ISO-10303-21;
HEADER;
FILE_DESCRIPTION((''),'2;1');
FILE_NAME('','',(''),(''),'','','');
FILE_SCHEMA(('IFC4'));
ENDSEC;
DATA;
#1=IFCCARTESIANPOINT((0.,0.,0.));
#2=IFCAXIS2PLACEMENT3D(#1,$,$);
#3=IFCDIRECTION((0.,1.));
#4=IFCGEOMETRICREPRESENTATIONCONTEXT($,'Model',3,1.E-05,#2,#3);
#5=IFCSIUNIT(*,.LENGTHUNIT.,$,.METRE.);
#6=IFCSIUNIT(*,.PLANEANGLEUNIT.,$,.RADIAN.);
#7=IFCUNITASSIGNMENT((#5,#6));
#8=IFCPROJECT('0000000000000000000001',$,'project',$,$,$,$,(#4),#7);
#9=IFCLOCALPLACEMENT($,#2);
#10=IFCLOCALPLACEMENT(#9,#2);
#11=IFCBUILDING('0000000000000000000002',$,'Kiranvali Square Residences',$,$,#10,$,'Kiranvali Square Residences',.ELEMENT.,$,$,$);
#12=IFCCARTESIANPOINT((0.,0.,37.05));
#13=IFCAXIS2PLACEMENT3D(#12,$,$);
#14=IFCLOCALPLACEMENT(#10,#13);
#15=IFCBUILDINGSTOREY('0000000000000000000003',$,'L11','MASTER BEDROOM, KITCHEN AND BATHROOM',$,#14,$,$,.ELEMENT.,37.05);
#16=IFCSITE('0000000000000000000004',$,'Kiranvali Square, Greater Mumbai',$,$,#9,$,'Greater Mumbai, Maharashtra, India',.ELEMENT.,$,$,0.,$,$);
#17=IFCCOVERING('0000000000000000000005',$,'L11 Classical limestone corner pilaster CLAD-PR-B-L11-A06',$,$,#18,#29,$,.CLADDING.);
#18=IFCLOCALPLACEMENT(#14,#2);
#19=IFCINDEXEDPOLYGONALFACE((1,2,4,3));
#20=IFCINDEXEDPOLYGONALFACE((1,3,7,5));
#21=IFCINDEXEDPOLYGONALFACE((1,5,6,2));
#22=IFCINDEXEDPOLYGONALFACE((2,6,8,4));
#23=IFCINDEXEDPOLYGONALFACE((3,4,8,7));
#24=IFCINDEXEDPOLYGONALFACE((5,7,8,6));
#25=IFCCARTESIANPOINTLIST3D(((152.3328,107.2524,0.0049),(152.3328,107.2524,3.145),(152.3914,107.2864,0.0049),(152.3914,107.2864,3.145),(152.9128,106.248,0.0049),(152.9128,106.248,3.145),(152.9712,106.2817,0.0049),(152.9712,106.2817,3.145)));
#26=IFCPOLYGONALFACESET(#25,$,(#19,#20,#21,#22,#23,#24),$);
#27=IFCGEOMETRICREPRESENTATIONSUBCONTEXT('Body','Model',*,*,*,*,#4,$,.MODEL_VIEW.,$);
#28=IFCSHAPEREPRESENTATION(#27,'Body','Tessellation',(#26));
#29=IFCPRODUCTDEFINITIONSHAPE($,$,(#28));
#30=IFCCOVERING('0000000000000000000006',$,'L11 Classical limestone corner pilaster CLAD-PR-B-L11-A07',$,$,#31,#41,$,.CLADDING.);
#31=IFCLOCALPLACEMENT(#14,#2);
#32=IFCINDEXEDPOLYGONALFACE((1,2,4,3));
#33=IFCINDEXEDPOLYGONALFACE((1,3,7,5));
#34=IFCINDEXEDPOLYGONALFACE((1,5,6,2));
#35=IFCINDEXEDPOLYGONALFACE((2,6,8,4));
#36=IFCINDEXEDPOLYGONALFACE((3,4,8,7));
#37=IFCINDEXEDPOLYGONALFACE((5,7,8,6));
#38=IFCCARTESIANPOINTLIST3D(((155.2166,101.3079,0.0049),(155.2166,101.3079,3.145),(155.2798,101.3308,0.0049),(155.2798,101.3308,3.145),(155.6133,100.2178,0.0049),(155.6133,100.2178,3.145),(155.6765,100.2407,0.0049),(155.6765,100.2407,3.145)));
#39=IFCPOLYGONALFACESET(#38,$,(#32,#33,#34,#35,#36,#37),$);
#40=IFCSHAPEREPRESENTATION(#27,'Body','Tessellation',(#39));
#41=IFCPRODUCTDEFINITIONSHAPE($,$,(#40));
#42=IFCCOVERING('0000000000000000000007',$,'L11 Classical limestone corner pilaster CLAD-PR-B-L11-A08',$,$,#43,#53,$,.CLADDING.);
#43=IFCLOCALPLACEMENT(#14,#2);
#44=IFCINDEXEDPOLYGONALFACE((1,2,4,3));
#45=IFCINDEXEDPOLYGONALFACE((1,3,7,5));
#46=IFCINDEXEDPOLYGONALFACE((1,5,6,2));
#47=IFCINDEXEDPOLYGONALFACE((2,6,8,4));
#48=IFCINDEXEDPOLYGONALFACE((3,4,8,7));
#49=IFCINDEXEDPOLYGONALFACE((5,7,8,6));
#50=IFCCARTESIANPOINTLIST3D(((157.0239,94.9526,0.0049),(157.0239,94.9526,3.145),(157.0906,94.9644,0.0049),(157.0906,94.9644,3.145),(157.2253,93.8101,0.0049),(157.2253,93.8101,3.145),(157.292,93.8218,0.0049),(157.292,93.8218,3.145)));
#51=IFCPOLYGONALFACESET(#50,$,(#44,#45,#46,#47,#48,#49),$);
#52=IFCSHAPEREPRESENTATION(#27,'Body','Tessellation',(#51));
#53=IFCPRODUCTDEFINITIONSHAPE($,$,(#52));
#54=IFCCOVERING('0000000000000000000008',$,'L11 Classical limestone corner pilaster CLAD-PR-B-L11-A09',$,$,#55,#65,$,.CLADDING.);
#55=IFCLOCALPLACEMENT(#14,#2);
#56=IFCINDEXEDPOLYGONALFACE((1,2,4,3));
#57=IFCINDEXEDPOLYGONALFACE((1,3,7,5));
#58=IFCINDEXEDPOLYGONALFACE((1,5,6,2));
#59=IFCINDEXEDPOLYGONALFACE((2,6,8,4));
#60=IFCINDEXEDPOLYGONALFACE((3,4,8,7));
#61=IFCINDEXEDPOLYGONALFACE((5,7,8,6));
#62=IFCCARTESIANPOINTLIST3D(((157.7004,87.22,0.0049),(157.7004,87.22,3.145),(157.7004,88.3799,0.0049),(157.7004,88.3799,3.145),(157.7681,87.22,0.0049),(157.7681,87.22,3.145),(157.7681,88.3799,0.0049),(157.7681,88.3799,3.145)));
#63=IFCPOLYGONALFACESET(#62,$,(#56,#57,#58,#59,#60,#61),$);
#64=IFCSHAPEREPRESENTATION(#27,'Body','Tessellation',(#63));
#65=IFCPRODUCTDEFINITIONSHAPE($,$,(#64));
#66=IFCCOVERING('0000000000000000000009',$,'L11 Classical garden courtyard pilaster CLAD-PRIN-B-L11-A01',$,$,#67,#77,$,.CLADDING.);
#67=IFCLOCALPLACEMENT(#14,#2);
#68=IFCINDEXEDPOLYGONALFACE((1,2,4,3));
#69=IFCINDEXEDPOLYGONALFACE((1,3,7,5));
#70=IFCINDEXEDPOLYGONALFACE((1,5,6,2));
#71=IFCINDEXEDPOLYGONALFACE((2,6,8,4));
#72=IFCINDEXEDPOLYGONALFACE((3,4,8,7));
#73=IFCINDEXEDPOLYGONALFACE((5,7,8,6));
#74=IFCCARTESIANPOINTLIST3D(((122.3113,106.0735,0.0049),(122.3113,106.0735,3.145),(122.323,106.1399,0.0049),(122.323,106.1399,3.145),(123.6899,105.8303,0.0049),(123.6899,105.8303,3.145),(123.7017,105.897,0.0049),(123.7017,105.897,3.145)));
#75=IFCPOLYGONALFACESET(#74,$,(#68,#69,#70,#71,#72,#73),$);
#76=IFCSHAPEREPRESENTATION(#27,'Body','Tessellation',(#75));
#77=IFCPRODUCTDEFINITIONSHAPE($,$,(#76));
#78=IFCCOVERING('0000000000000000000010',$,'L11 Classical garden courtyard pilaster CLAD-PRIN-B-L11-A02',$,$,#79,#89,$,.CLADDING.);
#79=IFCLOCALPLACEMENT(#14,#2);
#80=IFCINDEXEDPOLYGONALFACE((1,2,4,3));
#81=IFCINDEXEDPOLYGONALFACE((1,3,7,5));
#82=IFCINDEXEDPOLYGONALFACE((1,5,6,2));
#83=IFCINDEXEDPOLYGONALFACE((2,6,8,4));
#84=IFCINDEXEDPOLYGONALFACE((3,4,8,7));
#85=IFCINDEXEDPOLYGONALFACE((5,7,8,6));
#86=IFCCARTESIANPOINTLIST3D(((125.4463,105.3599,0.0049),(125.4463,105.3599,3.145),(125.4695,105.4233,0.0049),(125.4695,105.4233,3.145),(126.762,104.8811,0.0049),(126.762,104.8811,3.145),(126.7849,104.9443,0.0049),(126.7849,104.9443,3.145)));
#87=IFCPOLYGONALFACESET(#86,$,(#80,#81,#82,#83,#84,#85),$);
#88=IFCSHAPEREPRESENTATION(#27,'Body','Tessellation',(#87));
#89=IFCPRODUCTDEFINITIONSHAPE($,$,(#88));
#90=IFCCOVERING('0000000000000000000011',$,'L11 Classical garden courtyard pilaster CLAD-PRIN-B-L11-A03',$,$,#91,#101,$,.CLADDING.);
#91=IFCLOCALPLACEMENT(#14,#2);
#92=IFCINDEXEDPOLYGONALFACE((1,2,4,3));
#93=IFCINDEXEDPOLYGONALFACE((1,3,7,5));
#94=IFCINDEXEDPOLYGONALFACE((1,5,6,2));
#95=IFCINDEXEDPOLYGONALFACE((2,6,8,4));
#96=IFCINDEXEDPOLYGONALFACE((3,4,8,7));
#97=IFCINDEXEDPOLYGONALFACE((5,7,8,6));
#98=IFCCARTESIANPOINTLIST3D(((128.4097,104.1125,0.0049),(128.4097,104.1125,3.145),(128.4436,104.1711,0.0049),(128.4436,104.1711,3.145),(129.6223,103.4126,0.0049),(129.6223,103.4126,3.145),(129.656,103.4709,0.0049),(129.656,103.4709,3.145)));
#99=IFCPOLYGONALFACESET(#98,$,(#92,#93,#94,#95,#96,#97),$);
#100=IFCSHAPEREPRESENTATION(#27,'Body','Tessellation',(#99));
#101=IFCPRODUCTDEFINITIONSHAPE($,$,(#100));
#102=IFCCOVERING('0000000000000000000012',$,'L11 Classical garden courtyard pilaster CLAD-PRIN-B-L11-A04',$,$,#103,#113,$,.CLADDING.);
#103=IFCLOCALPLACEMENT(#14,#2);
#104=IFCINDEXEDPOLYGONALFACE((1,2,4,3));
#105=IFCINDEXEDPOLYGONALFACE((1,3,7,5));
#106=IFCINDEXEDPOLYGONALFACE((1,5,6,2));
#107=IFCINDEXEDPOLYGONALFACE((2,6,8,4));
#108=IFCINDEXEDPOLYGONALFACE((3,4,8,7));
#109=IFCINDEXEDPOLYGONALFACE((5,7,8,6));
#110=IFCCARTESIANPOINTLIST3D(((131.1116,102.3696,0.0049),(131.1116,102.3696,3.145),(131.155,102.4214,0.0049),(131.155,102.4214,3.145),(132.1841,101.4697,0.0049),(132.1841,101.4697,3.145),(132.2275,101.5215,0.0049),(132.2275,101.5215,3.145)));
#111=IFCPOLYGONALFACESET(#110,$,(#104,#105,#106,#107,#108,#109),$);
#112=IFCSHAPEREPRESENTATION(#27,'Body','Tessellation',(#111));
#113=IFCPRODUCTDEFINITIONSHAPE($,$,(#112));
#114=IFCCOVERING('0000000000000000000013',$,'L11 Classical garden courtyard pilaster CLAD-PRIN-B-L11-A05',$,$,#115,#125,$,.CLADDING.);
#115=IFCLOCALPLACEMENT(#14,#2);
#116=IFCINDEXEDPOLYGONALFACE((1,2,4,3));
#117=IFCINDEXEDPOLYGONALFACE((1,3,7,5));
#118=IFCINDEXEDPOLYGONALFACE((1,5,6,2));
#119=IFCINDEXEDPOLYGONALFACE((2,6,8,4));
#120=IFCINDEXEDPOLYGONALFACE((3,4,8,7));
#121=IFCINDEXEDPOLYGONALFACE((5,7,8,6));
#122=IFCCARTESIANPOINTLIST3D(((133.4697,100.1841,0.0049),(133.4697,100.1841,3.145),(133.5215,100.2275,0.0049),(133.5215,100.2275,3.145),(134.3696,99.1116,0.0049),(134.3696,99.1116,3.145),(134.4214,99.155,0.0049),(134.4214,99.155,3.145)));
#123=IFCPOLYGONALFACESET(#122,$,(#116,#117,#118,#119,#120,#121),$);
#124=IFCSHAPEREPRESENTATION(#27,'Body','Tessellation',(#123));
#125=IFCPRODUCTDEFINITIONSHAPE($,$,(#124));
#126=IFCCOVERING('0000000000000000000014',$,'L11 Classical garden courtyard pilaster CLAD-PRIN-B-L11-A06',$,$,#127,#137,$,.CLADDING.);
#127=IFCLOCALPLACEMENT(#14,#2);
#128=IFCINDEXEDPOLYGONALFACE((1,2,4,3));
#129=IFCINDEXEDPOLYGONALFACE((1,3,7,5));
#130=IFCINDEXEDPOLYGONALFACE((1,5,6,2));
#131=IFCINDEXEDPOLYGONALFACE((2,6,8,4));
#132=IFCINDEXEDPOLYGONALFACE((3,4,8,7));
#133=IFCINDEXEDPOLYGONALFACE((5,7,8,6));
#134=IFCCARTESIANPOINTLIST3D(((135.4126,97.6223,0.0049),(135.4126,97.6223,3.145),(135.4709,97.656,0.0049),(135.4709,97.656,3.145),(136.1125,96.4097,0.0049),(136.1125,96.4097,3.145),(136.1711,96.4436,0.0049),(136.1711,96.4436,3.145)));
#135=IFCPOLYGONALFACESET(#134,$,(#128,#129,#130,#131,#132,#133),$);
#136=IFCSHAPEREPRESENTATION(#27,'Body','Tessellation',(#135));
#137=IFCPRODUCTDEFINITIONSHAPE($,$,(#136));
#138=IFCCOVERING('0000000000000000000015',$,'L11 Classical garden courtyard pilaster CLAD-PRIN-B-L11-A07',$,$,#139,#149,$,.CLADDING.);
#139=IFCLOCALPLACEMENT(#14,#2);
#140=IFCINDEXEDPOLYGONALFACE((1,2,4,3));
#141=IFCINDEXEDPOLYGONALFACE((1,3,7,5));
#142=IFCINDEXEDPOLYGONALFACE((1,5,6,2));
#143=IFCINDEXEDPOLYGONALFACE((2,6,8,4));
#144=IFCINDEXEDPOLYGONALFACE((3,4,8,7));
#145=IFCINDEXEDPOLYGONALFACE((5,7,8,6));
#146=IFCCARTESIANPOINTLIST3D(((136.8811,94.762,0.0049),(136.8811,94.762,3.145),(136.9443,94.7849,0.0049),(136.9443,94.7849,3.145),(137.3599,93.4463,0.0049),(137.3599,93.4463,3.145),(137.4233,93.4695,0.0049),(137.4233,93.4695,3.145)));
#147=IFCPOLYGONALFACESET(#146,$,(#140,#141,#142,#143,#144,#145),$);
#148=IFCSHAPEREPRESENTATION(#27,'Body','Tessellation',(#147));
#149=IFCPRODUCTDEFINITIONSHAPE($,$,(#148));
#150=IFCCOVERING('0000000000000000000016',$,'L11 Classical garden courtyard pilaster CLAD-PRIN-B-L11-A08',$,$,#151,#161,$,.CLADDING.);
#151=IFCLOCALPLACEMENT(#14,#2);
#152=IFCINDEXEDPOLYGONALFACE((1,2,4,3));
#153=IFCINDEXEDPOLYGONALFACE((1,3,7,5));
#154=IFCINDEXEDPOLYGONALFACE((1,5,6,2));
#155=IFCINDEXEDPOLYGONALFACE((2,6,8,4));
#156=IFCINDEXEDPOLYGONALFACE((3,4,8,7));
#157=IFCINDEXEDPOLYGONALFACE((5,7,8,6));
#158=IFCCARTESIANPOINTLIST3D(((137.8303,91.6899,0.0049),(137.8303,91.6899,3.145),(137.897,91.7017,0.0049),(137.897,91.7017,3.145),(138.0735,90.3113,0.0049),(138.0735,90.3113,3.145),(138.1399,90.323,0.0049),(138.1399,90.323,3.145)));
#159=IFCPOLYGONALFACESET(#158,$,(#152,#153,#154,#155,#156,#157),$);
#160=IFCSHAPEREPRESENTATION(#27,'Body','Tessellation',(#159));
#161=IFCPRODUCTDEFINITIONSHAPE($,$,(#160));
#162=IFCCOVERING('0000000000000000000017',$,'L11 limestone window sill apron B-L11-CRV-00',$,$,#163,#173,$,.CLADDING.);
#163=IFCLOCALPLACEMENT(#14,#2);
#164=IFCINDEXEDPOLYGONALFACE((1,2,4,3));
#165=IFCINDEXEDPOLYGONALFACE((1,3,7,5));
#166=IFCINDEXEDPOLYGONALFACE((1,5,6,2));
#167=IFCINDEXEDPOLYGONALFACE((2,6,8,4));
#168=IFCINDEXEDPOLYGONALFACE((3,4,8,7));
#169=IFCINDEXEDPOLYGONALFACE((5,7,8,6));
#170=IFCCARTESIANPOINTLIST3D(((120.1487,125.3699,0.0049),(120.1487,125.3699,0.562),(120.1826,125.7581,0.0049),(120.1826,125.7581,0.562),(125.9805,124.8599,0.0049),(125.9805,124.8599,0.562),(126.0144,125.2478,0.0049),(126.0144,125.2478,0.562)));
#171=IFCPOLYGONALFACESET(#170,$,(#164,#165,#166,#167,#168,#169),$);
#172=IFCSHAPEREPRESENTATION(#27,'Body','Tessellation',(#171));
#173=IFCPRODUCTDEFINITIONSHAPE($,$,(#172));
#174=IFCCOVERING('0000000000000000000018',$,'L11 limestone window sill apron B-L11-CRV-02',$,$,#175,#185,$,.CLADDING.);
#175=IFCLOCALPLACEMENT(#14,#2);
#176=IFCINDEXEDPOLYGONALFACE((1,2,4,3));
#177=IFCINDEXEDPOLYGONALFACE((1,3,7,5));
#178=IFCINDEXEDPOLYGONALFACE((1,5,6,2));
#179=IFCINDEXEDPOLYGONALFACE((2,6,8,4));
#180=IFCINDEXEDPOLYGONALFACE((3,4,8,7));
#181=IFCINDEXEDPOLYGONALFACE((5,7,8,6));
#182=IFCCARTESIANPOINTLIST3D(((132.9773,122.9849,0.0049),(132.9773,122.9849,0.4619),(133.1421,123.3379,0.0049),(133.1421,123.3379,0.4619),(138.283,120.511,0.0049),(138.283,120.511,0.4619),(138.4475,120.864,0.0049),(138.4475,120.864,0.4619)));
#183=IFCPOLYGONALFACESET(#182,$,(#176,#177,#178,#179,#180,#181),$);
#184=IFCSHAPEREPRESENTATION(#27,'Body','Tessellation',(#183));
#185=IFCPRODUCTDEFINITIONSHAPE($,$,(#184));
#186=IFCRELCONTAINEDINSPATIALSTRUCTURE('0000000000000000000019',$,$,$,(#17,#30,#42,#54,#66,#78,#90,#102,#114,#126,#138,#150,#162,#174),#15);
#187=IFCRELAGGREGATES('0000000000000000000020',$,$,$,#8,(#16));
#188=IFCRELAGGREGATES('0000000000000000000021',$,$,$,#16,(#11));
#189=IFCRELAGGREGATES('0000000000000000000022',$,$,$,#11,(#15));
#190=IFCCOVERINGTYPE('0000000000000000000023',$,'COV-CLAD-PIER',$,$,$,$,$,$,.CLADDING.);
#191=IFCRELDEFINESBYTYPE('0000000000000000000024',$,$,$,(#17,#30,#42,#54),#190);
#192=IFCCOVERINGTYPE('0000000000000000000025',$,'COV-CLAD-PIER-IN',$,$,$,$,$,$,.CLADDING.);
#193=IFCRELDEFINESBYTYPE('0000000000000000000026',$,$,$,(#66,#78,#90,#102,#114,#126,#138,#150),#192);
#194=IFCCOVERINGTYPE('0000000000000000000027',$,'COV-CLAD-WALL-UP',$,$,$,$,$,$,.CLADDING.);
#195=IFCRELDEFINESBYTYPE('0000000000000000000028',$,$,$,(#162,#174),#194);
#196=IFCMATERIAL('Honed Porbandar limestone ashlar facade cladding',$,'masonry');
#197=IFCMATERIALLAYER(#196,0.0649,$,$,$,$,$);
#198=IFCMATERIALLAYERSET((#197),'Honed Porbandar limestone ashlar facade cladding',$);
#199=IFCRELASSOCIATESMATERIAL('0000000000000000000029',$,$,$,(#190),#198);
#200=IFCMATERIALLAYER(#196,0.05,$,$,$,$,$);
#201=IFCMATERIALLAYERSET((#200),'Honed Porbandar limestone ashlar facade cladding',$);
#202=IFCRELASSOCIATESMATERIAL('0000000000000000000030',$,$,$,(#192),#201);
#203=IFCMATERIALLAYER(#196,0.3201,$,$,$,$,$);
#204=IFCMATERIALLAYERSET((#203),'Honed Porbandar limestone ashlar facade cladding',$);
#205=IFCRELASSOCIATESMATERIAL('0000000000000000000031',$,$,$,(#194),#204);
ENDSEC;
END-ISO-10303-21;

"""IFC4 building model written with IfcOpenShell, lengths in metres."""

from ifc_helpers import new_model, si_unit, direction, frame, origin, place, context, subcontext, project, spatial, polyline, outline, extrude, material, layer, layer_set, type_object, element, save


model = new_model("IFC4")

# Units and contexts
model_context = context("Model", 3, precision=1e-05, world=origin(), true_north=direction((0.0, 1.0)))
body_context = subcontext(model_context, "Body", "Model", "MODEL_VIEW")
ifc_project = project(units=[si_unit("LENGTHUNIT", "METRE"), si_unit("PLANEANGLEUNIT", "RADIAN")], contexts=[model_context])

# Site, building, storey
site_placement = place(None, origin())
site = spatial("IfcSite", under=ifc_project, at=site_placement, Name="Kiranvali Square, Greater Mumbai", LongName="Greater Mumbai, Maharashtra, India", CompositionType="ELEMENT", RefElevation=0.0)
building_placement = place(site_placement, origin())
building = spatial("IfcBuilding", under=site, at=building_placement, Name="Kiranvali Square Residences", LongName="Kiranvali Square Residences", CompositionType="ELEMENT")
storey_placement = place(building_placement, frame((0.0, 0.0, 37.05)))
storey = spatial("IfcBuildingStorey", under=building, at=storey_placement, Name="L11", Description="MASTER BEDROOM, KITCHEN AND BATHROOM", CompositionType="ELEMENT", Elevation=37.05)

# Coverings
ifc_material = material(Name="Honed Porbandar limestone ashlar facade cladding", Category="masonry")
ifc_layer_1 = layer(ifc_material, 0.0649)
ifc_layer_set_1 = layer_set([ifc_layer_1], Name="Honed Porbandar limestone ashlar facade cladding")
covering_type_1 = type_object("IfcCoveringType", Name="COV-CLAD-PIER", PredefinedType="CLADDING", material=ifc_layer_set_1)
covering_1_placement = place(storey_placement, frame((0.0, 0.0, 0.0049)))
element("IfcCovering", 1, at=covering_1_placement, inside=storey, type_object=covering_type_1, Name="L11 Classical limestone corner pilaster CLAD-PR-B-L11-A06", PredefinedType="CLADDING", context=body_context, shape_type="SweptSolid", body=[
    extrude(outline(polyline([(152.9712, 106.2817), (152.3914, 107.2864), (152.3328, 107.2524), (152.9128, 106.248), (152.9712, 106.2817)])), origin(), (0.0, 0.0, 1.0), 3.1401),
])
covering_2_placement = place(storey_placement, frame((0.0, 0.0, 0.0049)))
element("IfcCovering", 2, at=covering_2_placement, inside=storey, type_object=covering_type_1, Name="L11 Classical limestone corner pilaster CLAD-PR-B-L11-A07", PredefinedType="CLADDING", context=body_context, shape_type="SweptSolid", body=[
    extrude(outline(polyline([(155.6765, 100.2407), (155.2798, 101.3308), (155.2166, 101.3079), (155.6133, 100.2178), (155.6765, 100.2407)])), origin(), (0.0, 0.0, 1.0), 3.1401),
])
covering_3_placement = place(storey_placement, frame((0.0, 0.0, 0.0049)))
element("IfcCovering", 3, at=covering_3_placement, inside=storey, type_object=covering_type_1, Name="L11 Classical limestone corner pilaster CLAD-PR-B-L11-A08", PredefinedType="CLADDING", context=body_context, shape_type="SweptSolid", body=[
    extrude(outline(polyline([(157.292, 93.8218), (157.0906, 94.9644), (157.0239, 94.9526), (157.2253, 93.8101), (157.292, 93.8218)])), origin(), (0.0, 0.0, 1.0), 3.1401),
])
covering_4_placement = place(storey_placement, frame((0.0, 0.0, 0.0049)))
element("IfcCovering", 4, at=covering_4_placement, inside=storey, type_object=covering_type_1, Name="L11 Classical limestone corner pilaster CLAD-PR-B-L11-A09", PredefinedType="CLADDING", context=body_context, shape_type="SweptSolid", body=[
    extrude(outline(polyline([(157.7681, 87.22), (157.7681, 88.3799), (157.7004, 88.3799), (157.7004, 87.22), (157.7681, 87.22)])), origin(), (0.0, 0.0, 1.0), 3.1401),
])
ifc_layer_2 = layer(ifc_material, 0.05)
ifc_layer_set_2 = layer_set([ifc_layer_2], Name="Honed Porbandar limestone ashlar facade cladding")
covering_type_2 = type_object("IfcCoveringType", Name="COV-CLAD-PIER-IN", PredefinedType="CLADDING", material=ifc_layer_set_2)
covering_5_placement = place(storey_placement, frame((0.0, 0.0, 0.0049)))
element("IfcCovering", 5, at=covering_5_placement, inside=storey, type_object=covering_type_2, Name="L11 Classical garden courtyard pilaster CLAD-PRIN-B-L11-A01", PredefinedType="CLADDING", context=body_context, shape_type="SweptSolid", body=[
    extrude(outline(polyline([(122.3113, 106.0735), (123.6899, 105.8303), (123.7017, 105.897), (122.323, 106.1399), (122.3113, 106.0735)])), origin(), (0.0, 0.0, 1.0), 3.1401),
])
covering_6_placement = place(storey_placement, frame((0.0, 0.0, 0.0049)))
element("IfcCovering", 6, at=covering_6_placement, inside=storey, type_object=covering_type_2, Name="L11 Classical garden courtyard pilaster CLAD-PRIN-B-L11-A02", PredefinedType="CLADDING", context=body_context, shape_type="SweptSolid", body=[
    extrude(outline(polyline([(125.4463, 105.3599), (126.762, 104.8811), (126.7849, 104.9443), (125.4695, 105.4233), (125.4463, 105.3599)])), origin(), (0.0, 0.0, 1.0), 3.1401),
])
covering_7_placement = place(storey_placement, frame((0.0, 0.0, 0.0049)))
element("IfcCovering", 7, at=covering_7_placement, inside=storey, type_object=covering_type_2, Name="L11 Classical garden courtyard pilaster CLAD-PRIN-B-L11-A03", PredefinedType="CLADDING", context=body_context, shape_type="SweptSolid", body=[
    extrude(outline(polyline([(128.4097, 104.1125), (129.6223, 103.4126), (129.656, 103.4709), (128.4436, 104.1711), (128.4097, 104.1125)])), origin(), (0.0, 0.0, 1.0), 3.1401),
])
covering_8_placement = place(storey_placement, frame((0.0, 0.0, 0.0049)))
element("IfcCovering", 8, at=covering_8_placement, inside=storey, type_object=covering_type_2, Name="L11 Classical garden courtyard pilaster CLAD-PRIN-B-L11-A04", PredefinedType="CLADDING", context=body_context, shape_type="SweptSolid", body=[
    extrude(outline(polyline([(131.1116, 102.3696), (132.1841, 101.4697), (132.2275, 101.5215), (131.155, 102.4214), (131.1116, 102.3696)])), origin(), (0.0, 0.0, 1.0), 3.1401),
])
covering_9_placement = place(storey_placement, frame((0.0, 0.0, 0.0049)))
element("IfcCovering", 9, at=covering_9_placement, inside=storey, type_object=covering_type_2, Name="L11 Classical garden courtyard pilaster CLAD-PRIN-B-L11-A05", PredefinedType="CLADDING", context=body_context, shape_type="SweptSolid", body=[
    extrude(outline(polyline([(133.4697, 100.1841), (134.3696, 99.1116), (134.4214, 99.155), (133.5215, 100.2275), (133.4697, 100.1841)])), origin(), (0.0, 0.0, 1.0), 3.1401),
])
covering_10_placement = place(storey_placement, frame((0.0, 0.0, 0.0049)))
element("IfcCovering", 10, at=covering_10_placement, inside=storey, type_object=covering_type_2, Name="L11 Classical garden courtyard pilaster CLAD-PRIN-B-L11-A06", PredefinedType="CLADDING", context=body_context, shape_type="SweptSolid", body=[
    extrude(outline(polyline([(135.4126, 97.6223), (136.1125, 96.4097), (136.1711, 96.4436), (135.4709, 97.656), (135.4126, 97.6223)])), origin(), (0.0, 0.0, 1.0), 3.1401),
])
covering_11_placement = place(storey_placement, frame((0.0, 0.0, 0.0049)))
element("IfcCovering", 11, at=covering_11_placement, inside=storey, type_object=covering_type_2, Name="L11 Classical garden courtyard pilaster CLAD-PRIN-B-L11-A07", PredefinedType="CLADDING", context=body_context, shape_type="SweptSolid", body=[
    extrude(outline(polyline([(136.8811, 94.762), (137.3599, 93.4463), (137.4233, 93.4695), (136.9443, 94.7849), (136.8811, 94.762)])), origin(), (0.0, 0.0, 1.0), 3.1401),
])
covering_12_placement = place(storey_placement, frame((0.0, 0.0, 0.0049)))
element("IfcCovering", 12, at=covering_12_placement, inside=storey, type_object=covering_type_2, Name="L11 Classical garden courtyard pilaster CLAD-PRIN-B-L11-A08", PredefinedType="CLADDING", context=body_context, shape_type="SweptSolid", body=[
    extrude(outline(polyline([(137.8303, 91.6899), (138.0735, 90.3113), (138.1399, 90.323), (137.897, 91.7017), (137.8303, 91.6899)])), origin(), (0.0, 0.0, 1.0), 3.1401),
])
ifc_layer_3 = layer(ifc_material, 0.3201)
ifc_layer_set_3 = layer_set([ifc_layer_3], Name="Honed Porbandar limestone ashlar facade cladding")
covering_type_3 = type_object("IfcCoveringType", Name="COV-CLAD-WALL-UP", PredefinedType="CLADDING", material=ifc_layer_set_3)
covering_13_placement = place(storey_placement, frame((0.0, 0.0, 0.0049)))
element("IfcCovering", 13, at=covering_13_placement, inside=storey, type_object=covering_type_3, Name="L11 limestone window sill apron B-L11-CRV-00", PredefinedType="CLADDING", context=body_context, shape_type="SweptSolid", body=[
    extrude(outline(polyline([(120.1487, 125.3699), (125.9805, 124.8599), (126.0144, 125.2478), (120.1826, 125.7581), (120.1487, 125.3699)])), origin(), (0.0, 0.0, 1.0), 0.5571),
])
covering_14_placement = place(storey_placement, frame((0.0, 0.0, 0.0049)))
element("IfcCovering", 14, at=covering_14_placement, inside=storey, type_object=covering_type_3, Name="L11 limestone window sill apron B-L11-CRV-02", PredefinedType="CLADDING", context=body_context, shape_type="SweptSolid", body=[
    extrude(outline(polyline([(132.9773, 122.9849), (138.283, 120.511), (138.4475, 120.864), (133.1421, 123.3379), (132.9773, 122.9849)])), origin(), (0.0, 0.0, 1.0), 0.457),
])

save(model, "model.ifc")
